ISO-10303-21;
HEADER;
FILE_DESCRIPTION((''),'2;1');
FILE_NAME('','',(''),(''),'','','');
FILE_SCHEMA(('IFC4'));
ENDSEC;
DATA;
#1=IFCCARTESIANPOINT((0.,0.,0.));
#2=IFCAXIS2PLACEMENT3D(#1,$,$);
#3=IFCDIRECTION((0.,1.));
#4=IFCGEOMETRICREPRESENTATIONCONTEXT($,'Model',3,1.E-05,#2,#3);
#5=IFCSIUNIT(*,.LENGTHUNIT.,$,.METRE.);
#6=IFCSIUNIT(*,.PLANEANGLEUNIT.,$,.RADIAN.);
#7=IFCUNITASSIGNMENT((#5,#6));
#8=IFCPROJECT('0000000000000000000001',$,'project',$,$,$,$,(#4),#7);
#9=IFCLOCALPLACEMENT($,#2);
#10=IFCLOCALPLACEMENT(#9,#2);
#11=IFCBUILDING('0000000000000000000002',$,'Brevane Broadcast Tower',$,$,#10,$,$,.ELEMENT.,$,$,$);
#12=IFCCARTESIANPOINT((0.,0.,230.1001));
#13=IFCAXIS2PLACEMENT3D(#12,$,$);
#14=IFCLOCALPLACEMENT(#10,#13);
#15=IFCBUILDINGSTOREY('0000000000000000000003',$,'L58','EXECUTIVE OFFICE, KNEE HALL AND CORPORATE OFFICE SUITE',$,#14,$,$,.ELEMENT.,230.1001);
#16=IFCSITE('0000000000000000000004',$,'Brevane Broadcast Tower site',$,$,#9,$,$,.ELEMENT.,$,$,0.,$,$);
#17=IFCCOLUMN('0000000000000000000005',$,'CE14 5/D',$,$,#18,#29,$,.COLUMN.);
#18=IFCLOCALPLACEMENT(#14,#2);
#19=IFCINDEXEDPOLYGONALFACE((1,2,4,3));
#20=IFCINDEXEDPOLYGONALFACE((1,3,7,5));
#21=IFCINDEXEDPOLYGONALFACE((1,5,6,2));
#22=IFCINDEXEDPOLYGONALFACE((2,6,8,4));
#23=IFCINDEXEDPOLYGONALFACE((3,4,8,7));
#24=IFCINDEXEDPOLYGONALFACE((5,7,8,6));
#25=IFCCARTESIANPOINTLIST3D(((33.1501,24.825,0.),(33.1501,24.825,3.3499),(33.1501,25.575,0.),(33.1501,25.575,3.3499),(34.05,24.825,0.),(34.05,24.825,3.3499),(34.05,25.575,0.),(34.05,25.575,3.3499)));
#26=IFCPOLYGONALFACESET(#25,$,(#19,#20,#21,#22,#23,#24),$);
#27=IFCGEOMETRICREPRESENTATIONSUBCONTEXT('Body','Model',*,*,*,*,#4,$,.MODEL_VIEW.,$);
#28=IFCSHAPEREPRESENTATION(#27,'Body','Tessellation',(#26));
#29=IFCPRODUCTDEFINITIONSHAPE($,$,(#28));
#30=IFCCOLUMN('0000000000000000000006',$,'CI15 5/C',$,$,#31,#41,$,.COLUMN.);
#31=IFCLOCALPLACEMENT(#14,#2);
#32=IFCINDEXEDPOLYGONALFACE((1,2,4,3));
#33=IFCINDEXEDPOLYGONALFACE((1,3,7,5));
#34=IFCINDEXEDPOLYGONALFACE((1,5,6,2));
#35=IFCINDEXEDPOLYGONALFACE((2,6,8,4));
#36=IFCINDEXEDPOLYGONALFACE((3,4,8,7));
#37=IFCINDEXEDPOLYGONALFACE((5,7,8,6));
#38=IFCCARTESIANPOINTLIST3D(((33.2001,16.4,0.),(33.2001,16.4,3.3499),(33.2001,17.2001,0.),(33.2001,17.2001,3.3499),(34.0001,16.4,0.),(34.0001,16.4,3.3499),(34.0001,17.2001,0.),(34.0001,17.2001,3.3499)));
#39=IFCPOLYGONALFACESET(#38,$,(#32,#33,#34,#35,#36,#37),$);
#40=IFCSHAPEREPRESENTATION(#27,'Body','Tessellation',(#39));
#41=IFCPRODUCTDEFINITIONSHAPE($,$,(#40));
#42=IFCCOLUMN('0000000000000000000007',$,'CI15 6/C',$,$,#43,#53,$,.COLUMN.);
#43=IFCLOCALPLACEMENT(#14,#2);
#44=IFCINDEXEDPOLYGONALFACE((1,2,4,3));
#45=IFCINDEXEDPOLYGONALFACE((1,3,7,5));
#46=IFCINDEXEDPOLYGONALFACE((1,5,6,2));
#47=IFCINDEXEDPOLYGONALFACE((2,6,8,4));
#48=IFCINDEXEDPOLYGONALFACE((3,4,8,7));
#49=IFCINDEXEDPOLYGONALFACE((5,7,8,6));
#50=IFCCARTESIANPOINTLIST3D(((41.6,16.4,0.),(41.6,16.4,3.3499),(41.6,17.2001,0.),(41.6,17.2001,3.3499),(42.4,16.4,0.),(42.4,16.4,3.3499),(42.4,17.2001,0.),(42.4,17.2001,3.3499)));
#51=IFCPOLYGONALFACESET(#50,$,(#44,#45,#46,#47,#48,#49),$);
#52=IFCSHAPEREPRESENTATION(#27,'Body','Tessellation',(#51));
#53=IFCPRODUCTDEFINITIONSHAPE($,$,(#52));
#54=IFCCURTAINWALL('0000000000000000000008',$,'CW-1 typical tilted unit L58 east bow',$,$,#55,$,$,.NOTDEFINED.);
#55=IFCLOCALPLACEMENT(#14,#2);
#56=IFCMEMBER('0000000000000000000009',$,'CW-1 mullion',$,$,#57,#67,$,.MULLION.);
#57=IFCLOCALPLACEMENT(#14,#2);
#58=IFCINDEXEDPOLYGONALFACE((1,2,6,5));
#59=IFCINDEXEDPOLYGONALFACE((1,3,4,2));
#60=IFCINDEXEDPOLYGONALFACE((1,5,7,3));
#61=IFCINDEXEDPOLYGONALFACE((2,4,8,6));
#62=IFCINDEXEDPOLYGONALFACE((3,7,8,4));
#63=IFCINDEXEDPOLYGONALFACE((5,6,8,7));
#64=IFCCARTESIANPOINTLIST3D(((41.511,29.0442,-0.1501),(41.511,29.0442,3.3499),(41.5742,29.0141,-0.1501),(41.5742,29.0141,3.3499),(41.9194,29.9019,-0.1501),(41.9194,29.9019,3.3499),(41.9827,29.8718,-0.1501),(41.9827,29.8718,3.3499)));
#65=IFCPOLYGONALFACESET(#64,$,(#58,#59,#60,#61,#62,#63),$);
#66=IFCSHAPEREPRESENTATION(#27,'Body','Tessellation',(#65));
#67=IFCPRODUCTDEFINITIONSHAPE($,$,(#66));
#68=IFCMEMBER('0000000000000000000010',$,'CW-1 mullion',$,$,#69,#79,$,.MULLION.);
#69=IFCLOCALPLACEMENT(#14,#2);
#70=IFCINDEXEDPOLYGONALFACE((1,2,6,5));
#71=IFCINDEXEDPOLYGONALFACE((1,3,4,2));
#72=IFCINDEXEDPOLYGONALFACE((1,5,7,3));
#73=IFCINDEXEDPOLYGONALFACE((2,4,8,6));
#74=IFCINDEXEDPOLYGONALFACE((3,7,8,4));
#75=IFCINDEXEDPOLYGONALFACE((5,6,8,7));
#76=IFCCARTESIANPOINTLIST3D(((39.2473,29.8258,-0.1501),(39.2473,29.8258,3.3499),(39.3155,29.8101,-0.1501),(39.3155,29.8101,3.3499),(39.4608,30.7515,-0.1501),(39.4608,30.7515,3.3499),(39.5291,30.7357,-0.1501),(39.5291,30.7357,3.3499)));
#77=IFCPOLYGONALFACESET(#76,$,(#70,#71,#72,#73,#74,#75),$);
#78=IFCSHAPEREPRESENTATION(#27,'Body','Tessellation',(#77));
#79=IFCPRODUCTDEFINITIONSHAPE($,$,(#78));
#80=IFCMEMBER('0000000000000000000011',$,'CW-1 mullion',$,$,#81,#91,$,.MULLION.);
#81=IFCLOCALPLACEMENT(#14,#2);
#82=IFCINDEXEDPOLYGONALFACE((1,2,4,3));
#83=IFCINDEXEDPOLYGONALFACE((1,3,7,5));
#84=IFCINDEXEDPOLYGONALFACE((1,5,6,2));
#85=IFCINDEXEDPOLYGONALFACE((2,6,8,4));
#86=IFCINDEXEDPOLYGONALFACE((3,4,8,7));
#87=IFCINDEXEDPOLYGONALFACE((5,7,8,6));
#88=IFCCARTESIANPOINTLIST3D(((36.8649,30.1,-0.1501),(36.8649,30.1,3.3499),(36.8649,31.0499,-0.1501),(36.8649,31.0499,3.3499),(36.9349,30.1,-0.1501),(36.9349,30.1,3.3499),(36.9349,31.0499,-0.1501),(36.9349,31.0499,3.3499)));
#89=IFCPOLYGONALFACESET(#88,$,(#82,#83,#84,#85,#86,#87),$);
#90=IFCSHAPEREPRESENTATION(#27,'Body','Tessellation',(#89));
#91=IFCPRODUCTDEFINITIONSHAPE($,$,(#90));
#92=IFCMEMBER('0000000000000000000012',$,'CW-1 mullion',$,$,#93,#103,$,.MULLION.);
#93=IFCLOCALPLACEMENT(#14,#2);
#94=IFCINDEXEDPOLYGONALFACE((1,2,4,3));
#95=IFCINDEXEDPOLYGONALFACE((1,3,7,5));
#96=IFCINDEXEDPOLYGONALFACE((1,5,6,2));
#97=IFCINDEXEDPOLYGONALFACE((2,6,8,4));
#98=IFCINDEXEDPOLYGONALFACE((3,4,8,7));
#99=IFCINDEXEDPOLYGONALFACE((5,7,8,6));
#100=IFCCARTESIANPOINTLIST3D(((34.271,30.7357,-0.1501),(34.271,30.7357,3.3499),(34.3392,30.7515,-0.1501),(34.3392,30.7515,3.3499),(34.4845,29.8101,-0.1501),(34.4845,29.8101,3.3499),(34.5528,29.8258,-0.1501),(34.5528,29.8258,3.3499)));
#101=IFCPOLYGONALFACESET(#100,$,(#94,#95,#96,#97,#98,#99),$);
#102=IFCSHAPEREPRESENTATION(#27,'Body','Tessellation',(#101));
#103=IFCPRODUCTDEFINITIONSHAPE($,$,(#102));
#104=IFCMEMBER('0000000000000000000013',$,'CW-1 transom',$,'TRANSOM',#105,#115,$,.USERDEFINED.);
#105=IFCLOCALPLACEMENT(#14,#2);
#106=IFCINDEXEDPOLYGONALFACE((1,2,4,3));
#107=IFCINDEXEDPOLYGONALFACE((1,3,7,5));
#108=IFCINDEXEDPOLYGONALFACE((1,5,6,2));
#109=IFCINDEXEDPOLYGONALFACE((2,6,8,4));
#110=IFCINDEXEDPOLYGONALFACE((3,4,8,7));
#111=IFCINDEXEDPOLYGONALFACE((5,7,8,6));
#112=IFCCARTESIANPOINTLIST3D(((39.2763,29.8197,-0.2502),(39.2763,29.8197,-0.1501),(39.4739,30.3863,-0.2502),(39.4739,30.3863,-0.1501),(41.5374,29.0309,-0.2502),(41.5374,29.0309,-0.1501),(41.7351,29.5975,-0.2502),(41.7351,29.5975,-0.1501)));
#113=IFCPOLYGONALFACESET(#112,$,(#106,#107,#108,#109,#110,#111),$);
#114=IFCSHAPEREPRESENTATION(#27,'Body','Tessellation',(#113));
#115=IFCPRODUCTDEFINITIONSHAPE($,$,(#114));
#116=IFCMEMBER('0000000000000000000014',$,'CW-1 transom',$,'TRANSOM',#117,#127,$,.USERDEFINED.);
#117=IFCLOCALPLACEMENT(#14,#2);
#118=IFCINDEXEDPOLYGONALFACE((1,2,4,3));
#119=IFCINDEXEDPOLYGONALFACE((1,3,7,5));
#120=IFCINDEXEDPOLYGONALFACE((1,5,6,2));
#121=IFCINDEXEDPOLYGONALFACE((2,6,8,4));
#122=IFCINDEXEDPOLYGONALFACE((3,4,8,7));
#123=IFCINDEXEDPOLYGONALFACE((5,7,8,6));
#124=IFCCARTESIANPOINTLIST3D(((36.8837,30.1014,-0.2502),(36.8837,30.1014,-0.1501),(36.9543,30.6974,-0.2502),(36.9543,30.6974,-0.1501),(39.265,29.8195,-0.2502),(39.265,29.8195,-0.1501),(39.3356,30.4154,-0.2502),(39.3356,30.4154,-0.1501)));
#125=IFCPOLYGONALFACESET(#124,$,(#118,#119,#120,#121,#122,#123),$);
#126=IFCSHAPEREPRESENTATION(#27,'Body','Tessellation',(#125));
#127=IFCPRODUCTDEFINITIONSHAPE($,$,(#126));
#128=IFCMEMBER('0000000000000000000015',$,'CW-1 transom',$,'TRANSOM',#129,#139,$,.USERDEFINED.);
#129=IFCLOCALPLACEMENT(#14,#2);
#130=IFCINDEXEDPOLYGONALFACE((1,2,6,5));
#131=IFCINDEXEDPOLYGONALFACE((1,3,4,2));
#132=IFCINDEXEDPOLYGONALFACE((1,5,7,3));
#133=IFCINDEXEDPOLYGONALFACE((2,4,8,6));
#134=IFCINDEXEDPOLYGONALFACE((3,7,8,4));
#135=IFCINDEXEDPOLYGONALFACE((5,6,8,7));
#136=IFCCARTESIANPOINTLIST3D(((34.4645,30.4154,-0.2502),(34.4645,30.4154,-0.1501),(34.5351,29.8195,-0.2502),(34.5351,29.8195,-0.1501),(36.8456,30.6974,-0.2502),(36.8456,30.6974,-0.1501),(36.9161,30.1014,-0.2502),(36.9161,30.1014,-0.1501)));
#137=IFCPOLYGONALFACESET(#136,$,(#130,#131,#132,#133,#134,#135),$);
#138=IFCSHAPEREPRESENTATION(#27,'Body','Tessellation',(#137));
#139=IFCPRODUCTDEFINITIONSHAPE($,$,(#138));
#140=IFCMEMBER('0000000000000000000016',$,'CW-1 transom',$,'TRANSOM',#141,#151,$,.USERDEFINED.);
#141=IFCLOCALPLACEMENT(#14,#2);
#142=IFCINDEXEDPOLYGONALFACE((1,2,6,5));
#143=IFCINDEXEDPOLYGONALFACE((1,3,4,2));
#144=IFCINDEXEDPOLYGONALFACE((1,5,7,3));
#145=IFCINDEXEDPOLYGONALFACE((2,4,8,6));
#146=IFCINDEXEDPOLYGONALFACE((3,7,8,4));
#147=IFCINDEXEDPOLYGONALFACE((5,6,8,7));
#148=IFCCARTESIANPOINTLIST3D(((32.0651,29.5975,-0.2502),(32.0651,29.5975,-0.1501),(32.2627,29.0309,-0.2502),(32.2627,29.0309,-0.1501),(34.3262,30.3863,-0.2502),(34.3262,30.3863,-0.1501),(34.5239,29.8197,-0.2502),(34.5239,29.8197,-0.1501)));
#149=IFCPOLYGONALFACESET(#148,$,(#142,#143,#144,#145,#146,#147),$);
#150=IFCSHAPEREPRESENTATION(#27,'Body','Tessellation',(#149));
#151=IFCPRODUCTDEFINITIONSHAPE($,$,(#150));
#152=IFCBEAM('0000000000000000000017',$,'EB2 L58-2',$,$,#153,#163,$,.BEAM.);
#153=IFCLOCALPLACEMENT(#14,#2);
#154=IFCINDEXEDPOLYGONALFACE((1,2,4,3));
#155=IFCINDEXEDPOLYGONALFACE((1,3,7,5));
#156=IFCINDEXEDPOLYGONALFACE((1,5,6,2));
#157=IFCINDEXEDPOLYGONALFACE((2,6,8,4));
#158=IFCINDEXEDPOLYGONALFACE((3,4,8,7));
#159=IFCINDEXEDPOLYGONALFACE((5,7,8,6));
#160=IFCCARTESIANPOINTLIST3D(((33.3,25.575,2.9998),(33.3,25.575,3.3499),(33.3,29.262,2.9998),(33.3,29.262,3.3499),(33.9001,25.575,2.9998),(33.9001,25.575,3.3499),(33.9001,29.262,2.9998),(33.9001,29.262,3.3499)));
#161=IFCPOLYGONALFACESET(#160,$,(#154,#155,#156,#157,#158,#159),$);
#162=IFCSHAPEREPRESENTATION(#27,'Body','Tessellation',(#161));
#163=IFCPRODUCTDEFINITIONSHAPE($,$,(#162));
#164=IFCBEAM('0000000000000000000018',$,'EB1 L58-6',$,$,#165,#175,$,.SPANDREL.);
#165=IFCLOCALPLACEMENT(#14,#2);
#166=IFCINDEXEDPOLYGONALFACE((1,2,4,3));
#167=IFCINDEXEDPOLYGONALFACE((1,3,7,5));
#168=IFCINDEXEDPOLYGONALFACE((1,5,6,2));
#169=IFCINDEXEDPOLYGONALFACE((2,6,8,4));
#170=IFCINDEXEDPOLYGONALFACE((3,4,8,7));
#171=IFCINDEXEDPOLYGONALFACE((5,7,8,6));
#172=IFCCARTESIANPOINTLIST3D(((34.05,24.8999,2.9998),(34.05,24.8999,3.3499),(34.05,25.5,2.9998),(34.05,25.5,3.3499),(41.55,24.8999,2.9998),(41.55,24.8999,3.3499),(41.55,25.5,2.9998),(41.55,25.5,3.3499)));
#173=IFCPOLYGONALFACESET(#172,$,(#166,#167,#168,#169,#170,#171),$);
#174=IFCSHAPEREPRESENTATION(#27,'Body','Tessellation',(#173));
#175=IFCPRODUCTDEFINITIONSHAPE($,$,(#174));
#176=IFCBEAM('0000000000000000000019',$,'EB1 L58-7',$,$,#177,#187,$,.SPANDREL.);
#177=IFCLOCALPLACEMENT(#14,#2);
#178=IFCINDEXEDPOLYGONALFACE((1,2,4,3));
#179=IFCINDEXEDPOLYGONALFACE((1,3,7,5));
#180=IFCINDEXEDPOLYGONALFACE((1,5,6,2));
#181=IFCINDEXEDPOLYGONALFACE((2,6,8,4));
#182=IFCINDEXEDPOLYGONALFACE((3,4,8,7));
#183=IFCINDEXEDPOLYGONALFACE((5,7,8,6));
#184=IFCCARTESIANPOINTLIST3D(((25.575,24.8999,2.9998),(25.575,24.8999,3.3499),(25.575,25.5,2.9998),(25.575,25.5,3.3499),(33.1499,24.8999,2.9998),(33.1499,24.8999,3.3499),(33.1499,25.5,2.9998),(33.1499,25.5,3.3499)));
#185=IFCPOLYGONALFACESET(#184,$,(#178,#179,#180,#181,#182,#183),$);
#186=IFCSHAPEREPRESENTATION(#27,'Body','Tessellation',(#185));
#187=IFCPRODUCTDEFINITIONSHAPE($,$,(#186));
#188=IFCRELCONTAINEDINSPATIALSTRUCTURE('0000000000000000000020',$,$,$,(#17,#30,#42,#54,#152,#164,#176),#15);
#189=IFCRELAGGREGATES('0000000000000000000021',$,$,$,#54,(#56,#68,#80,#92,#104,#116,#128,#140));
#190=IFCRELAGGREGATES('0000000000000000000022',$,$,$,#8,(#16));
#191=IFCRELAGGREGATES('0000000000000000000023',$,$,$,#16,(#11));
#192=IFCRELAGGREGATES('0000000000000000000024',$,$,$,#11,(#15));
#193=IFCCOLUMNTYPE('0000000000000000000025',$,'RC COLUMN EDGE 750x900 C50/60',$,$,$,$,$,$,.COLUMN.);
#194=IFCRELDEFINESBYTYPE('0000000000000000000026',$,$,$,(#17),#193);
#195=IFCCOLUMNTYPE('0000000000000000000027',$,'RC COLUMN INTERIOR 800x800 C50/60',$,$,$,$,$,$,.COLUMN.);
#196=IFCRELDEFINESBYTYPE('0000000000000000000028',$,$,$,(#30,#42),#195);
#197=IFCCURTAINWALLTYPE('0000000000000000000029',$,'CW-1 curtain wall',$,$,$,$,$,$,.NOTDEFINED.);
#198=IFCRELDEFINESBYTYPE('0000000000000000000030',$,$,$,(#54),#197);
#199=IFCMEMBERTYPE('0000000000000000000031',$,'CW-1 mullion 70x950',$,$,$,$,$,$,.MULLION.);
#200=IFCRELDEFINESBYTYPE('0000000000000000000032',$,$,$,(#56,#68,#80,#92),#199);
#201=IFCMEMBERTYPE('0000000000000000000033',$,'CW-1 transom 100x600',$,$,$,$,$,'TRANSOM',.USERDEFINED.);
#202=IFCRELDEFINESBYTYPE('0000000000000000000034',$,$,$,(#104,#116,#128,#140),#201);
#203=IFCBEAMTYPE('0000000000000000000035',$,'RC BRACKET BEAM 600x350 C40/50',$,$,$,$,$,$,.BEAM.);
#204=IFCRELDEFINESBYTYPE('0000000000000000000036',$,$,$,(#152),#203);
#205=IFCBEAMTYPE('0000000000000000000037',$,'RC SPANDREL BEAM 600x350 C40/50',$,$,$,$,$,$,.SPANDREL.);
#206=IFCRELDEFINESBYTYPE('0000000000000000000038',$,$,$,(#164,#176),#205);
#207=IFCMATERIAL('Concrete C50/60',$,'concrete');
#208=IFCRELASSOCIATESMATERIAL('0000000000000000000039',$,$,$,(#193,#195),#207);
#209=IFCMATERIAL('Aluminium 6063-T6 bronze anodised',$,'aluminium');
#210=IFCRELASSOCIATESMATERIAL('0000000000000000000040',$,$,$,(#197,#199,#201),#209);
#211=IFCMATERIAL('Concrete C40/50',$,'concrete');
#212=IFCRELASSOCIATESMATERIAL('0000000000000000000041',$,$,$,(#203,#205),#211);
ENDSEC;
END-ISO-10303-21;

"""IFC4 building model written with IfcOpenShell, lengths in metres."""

from ifc_helpers import new_model, si_unit, direction, frame, origin, origin_2d, place, context, subcontext, project, spatial, rectangle, extrude, material, material_profile, profile_set, type_object, element, aggregate, save


model = new_model("IFC4")

# Units and contexts
model_context = context("Model", 3, precision=1e-05, world=origin(), true_north=direction((0.0, 1.0)))
body_context = subcontext(model_context, "Body", "Model", "MODEL_VIEW")
ifc_project = project(units=[si_unit("LENGTHUNIT", "METRE"), si_unit("PLANEANGLEUNIT", "RADIAN")], contexts=[model_context])

# Site, building, storey
site_placement = place(None, origin())
site = spatial("IfcSite", under=ifc_project, at=site_placement, Name="Brevane Broadcast Tower site", CompositionType="ELEMENT", RefElevation=0.0)
building_placement = place(site_placement, origin())
building = spatial("IfcBuilding", under=site, at=building_placement, Name="Brevane Broadcast Tower", CompositionType="ELEMENT")
storey_placement = place(building_placement, frame((0.0, 0.0, 230.1001)))
storey = spatial("IfcBuildingStorey", under=building, at=storey_placement, Name="L58", Description="EXECUTIVE OFFICE, KNEE HALL AND CORPORATE OFFICE SUITE", CompositionType="ELEMENT", Elevation=230.1001)

# Columns
ifc_material_1 = material(Name="Concrete C50/60", Category="concrete")
ifc_material_profile_1 = material_profile(ifc_material_1, rectangle(XDim=0.75, YDim=0.8999, at=origin_2d()), Name="RC 750x900")
ifc_profile_set_1 = profile_set([ifc_material_profile_1], Name="Concrete C50/60")
column_type_1 = type_object("IfcColumnType", Name="RC COLUMN EDGE 750x900 C50/60", PredefinedType="COLUMN", material=ifc_profile_set_1)
column_placement = place(storey_placement, frame((33.6001, 25.2, 0.0), z_axis=(0.0, 0.0, 1.0), x_axis=(0.0, 1.0, 0.0)))
element("IfcColumn", 1, at=column_placement, inside=storey, type_object=column_type_1, Name="CE14 5/D", PredefinedType="COLUMN", context=body_context, shape_type="SweptSolid", body=[
    extrude(rectangle(XDim=0.75, YDim=0.8999, at=origin_2d()), origin(), (0.0, 0.0, 1.0), 3.3499),
])
ifc_material_profile_2 = material_profile(ifc_material_1, rectangle(XDim=0.8, YDim=0.8, at=origin_2d()), Name="RC 800x800")
ifc_profile_set_2 = profile_set([ifc_material_profile_2], Name="Concrete C50/60")
column_type_2 = type_object("IfcColumnType", Name="RC COLUMN INTERIOR 800x800 C50/60", PredefinedType="COLUMN", material=ifc_profile_set_2)
for number, where, z_axis, x_axis, name in (
    (2, (33.6001, 16.8, 0.0), (0.0, 0.0, 1.0), (1.0, 0.0, 0.0), "CI15 5/C"),
    (3, (42.0, 16.8, 0.0), (0.0, 0.0, 1.0), (1.0, 0.0, 0.0), "CI15 6/C"),
):
    element("IfcColumn", number, at=place(storey_placement, frame(where, z_axis=z_axis, x_axis=x_axis)), inside=storey, type_object=column_type_2, Name=name, PredefinedType="COLUMN", context=body_context, shape_type="SweptSolid", body=[
        extrude(rectangle(XDim=0.8, YDim=0.8, at=origin_2d()), origin(), (0.0, 0.0, 1.0), 3.3499),
    ])

# Curtain wall, members
ifc_material_2 = material(Name="Aluminium 6063-T6 bronze anodised", Category="aluminium")
curtain_wall_type = type_object("IfcCurtainWallType", Name="CW-1 curtain wall", PredefinedType="NOTDEFINED", material=ifc_material_2)
curtain_wall_placement = place(storey_placement, origin())
curtain_wall = element("IfcCurtainWall", 4, at=curtain_wall_placement, inside=storey, type_object=curtain_wall_type, Name="CW-1 typical tilted unit L58 east bow", PredefinedType="NOTDEFINED")
ifc_material_profile_3 = material_profile(ifc_material_2, rectangle(XDim=0.95, YDim=0.0701, at=origin_2d()), Name="RECT 70x950")
ifc_profile_set_3 = profile_set([ifc_material_profile_3], Name="Aluminium 6063-T6 bronze anodised")
member_type_1 = type_object("IfcMemberType", Name="CW-1 mullion 70x950", PredefinedType="MULLION", material=ifc_profile_set_3)
member_1_placement = place(storey_placement, frame((41.7468, 29.458, -0.1501), z_axis=(0.0, 0.0, 1.0), x_axis=(-0.429934, -0.902861, 0.0)))
member_1 = element("IfcMember", 5, at=member_1_placement, type_object=member_type_1, Name="CW-1 mullion", PredefinedType="MULLION", context=body_context, shape_type="SweptSolid", body=[
    extrude(rectangle(XDim=0.95, YDim=0.0701, at=origin_2d()), origin(), (0.0, 0.0, 1.0), 3.5),
])
member_2_placement = place(storey_placement, frame((39.3882, 30.2808, -0.1501), z_axis=(0.0, 0.0, 1.0), x_axis=(-0.224807, -0.974403, 0.0)))
member_2 = element("IfcMember", 6, at=member_2_placement, type_object=member_type_1, Name="CW-1 mullion", PredefinedType="MULLION", context=body_context, shape_type="SweptSolid", body=[
    extrude(rectangle(XDim=0.95, YDim=0.0701, at=origin_2d()), origin(), (0.0, 0.0, 1.0), 3.5),
])
member_3_placement = place(storey_placement, frame((36.8999, 30.575, -0.1501), z_axis=(0.0, 0.0, 1.0), x_axis=(0.0, -1.0, 0.0)))
member_3 = element("IfcMember", 7, at=member_3_placement, type_object=member_type_1, Name="CW-1 mullion", PredefinedType="MULLION", context=body_context, shape_type="SweptSolid", body=[
    extrude(rectangle(XDim=0.95, YDim=0.0701, at=origin_2d()), origin(), (0.0, 0.0, 1.0), 3.5),
])
member_4_placement = place(storey_placement, frame((34.4119, 30.2808, -0.1501), z_axis=(0.0, 0.0, 1.0), x_axis=(0.224807, -0.974403, 0.0)))
member_4 = element("IfcMember", 8, at=member_4_placement, type_object=member_type_1, Name="CW-1 mullion", PredefinedType="MULLION", context=body_context, shape_type="SweptSolid", body=[
    extrude(rectangle(XDim=0.95, YDim=0.0701, at=origin_2d()), origin(), (0.0, 0.0, 1.0), 3.5),
])
ifc_material_profile_4 = material_profile(ifc_material_2, rectangle(XDim=0.6001, YDim=0.1001, at=origin_2d()), Name="RECT 100x600")
ifc_profile_set_4 = profile_set([ifc_material_profile_4], Name="Aluminium 6063-T6 bronze anodised")
member_type_2 = type_object("IfcMemberType", Name="CW-1 transom 100x600", ElementType="TRANSOM", PredefinedType="USERDEFINED", material=ifc_profile_set_4)
member_5_placement = place(storey_placement, frame((41.6362, 29.3142, -0.2002), z_axis=(-0.944198, 0.329378, 0.0), x_axis=(-0.329378, -0.944198, 0.0)))
member_5 = element("IfcMember", 9, at=member_5_placement, type_object=member_type_2, Name="CW-1 transom", ObjectType="TRANSOM", PredefinedType="USERDEFINED", context=body_context, shape_type="SweptSolid", body=[
    extrude(rectangle(XDim=0.6001, YDim=0.1001, at=origin_2d()), origin(), (0.0, 0.0, 1.0), 2.3948),
])
member_6_placement = place(storey_placement, frame((39.3003, 30.1174, -0.2002), z_axis=(-0.993062, 0.117591, 0.0), x_axis=(-0.117591, -0.993062, 0.0)))
member_6 = element("IfcMember", 10, at=member_6_placement, type_object=member_type_2, Name="CW-1 transom", ObjectType="TRANSOM", PredefinedType="USERDEFINED", context=body_context, shape_type="SweptSolid", body=[
    extrude(rectangle(XDim=0.6001, YDim=0.1001, at=origin_2d()), origin(), (0.0, 0.0, 1.0), 2.3979),
])
member_7_placement = place(storey_placement, frame((36.8809, 30.3994, -0.2002), z_axis=(-0.993061, -0.117603, 0.0), x_axis=(0.117603, -0.993061, 0.0)))
member_7 = element("IfcMember", 11, at=member_7_placement, type_object=member_type_2, Name="CW-1 transom", ObjectType="TRANSOM", PredefinedType="USERDEFINED", context=body_context, shape_type="SweptSolid", body=[
    extrude(rectangle(XDim=0.6001, YDim=0.1001, at=origin_2d()), origin(), (0.0, 0.0, 1.0), 2.3977),
])
member_8_placement = place(storey_placement, frame((34.425, 30.103, -0.2002), z_axis=(-0.944198, -0.329378, 0.0), x_axis=(0.329378, -0.944198, 0.0)))
member_8 = element("IfcMember", 12, at=member_8_placement, type_object=member_type_2, Name="CW-1 transom", ObjectType="TRANSOM", PredefinedType="USERDEFINED", context=body_context, shape_type="SweptSolid", body=[
    extrude(rectangle(XDim=0.6001, YDim=0.1001, at=origin_2d()), origin(), (0.0, 0.0, 1.0), 2.3948),
])
aggregate(curtain_wall, [member_1, member_2, member_3, member_4, member_5, member_6, member_7, member_8])

# Beams
ifc_material_3 = material(Name="Concrete C40/50", Category="concrete")
ifc_material_profile_5 = material_profile(ifc_material_3, rectangle(XDim=0.6001, YDim=0.3501, at=origin_2d()), Name="RC 600x350")
ifc_profile_set_5 = profile_set([ifc_material_profile_5], Name="Concrete C40/50")
beam_type_1 = type_object("IfcBeamType", Name="RC BRACKET BEAM 600x350 C40/50", PredefinedType="BEAM", material=ifc_profile_set_5)
beam_1_placement = place(storey_placement, frame((33.6001, 25.575, 3.1748), z_axis=(0.0, 1.0, 0.0), x_axis=(-1.0, 0.0, 0.0)))
element("IfcBeam", 13, at=beam_1_placement, inside=storey, type_object=beam_type_1, Name="EB2 L58-2", PredefinedType="BEAM", context=body_context, shape_type="SweptSolid", body=[
    extrude(rectangle(XDim=0.6001, YDim=0.3501, at=origin_2d()), origin(), (0.0, 0.0, 1.0), 3.687),
])
ifc_material_profile_6 = material_profile(ifc_material_3, rectangle(XDim=0.6001, YDim=0.3501, at=origin_2d()), Name="RC 600x350")
ifc_profile_set_6 = profile_set([ifc_material_profile_6], Name="Concrete C40/50")
beam_type_2 = type_object("IfcBeamType", Name="RC SPANDREL BEAM 600x350 C40/50", PredefinedType="SPANDREL", material=ifc_profile_set_6)
beam_2_placement = place(storey_placement, frame((41.55, 25.2, 3.1748), z_axis=(-1.0, 0.0, 0.0), x_axis=(0.0, -1.0, 0.0)))
element("IfcBeam", 14, at=beam_2_placement, inside=storey, type_object=beam_type_2, Name="EB1 L58-6", PredefinedType="SPANDREL", context=body_context, shape_type="SweptSolid", body=[
    extrude(rectangle(XDim=0.6001, YDim=0.3501, at=origin_2d()), origin(), (0.0, 0.0, 1.0), 7.5),
])
beam_3_placement = place(storey_placement, frame((33.1499, 25.2, 3.1748), z_axis=(-1.0, 0.0, 0.0), x_axis=(0.0, -1.0, 0.0)))
element("IfcBeam", 15, at=beam_3_placement, inside=storey, type_object=beam_type_2, Name="EB1 L58-7", PredefinedType="SPANDREL", context=body_context, shape_type="SweptSolid", body=[
    extrude(rectangle(XDim=0.6001, YDim=0.3501, at=origin_2d()), origin(), (0.0, 0.0, 1.0), 7.575),
])

save(model, "model.ifc")
